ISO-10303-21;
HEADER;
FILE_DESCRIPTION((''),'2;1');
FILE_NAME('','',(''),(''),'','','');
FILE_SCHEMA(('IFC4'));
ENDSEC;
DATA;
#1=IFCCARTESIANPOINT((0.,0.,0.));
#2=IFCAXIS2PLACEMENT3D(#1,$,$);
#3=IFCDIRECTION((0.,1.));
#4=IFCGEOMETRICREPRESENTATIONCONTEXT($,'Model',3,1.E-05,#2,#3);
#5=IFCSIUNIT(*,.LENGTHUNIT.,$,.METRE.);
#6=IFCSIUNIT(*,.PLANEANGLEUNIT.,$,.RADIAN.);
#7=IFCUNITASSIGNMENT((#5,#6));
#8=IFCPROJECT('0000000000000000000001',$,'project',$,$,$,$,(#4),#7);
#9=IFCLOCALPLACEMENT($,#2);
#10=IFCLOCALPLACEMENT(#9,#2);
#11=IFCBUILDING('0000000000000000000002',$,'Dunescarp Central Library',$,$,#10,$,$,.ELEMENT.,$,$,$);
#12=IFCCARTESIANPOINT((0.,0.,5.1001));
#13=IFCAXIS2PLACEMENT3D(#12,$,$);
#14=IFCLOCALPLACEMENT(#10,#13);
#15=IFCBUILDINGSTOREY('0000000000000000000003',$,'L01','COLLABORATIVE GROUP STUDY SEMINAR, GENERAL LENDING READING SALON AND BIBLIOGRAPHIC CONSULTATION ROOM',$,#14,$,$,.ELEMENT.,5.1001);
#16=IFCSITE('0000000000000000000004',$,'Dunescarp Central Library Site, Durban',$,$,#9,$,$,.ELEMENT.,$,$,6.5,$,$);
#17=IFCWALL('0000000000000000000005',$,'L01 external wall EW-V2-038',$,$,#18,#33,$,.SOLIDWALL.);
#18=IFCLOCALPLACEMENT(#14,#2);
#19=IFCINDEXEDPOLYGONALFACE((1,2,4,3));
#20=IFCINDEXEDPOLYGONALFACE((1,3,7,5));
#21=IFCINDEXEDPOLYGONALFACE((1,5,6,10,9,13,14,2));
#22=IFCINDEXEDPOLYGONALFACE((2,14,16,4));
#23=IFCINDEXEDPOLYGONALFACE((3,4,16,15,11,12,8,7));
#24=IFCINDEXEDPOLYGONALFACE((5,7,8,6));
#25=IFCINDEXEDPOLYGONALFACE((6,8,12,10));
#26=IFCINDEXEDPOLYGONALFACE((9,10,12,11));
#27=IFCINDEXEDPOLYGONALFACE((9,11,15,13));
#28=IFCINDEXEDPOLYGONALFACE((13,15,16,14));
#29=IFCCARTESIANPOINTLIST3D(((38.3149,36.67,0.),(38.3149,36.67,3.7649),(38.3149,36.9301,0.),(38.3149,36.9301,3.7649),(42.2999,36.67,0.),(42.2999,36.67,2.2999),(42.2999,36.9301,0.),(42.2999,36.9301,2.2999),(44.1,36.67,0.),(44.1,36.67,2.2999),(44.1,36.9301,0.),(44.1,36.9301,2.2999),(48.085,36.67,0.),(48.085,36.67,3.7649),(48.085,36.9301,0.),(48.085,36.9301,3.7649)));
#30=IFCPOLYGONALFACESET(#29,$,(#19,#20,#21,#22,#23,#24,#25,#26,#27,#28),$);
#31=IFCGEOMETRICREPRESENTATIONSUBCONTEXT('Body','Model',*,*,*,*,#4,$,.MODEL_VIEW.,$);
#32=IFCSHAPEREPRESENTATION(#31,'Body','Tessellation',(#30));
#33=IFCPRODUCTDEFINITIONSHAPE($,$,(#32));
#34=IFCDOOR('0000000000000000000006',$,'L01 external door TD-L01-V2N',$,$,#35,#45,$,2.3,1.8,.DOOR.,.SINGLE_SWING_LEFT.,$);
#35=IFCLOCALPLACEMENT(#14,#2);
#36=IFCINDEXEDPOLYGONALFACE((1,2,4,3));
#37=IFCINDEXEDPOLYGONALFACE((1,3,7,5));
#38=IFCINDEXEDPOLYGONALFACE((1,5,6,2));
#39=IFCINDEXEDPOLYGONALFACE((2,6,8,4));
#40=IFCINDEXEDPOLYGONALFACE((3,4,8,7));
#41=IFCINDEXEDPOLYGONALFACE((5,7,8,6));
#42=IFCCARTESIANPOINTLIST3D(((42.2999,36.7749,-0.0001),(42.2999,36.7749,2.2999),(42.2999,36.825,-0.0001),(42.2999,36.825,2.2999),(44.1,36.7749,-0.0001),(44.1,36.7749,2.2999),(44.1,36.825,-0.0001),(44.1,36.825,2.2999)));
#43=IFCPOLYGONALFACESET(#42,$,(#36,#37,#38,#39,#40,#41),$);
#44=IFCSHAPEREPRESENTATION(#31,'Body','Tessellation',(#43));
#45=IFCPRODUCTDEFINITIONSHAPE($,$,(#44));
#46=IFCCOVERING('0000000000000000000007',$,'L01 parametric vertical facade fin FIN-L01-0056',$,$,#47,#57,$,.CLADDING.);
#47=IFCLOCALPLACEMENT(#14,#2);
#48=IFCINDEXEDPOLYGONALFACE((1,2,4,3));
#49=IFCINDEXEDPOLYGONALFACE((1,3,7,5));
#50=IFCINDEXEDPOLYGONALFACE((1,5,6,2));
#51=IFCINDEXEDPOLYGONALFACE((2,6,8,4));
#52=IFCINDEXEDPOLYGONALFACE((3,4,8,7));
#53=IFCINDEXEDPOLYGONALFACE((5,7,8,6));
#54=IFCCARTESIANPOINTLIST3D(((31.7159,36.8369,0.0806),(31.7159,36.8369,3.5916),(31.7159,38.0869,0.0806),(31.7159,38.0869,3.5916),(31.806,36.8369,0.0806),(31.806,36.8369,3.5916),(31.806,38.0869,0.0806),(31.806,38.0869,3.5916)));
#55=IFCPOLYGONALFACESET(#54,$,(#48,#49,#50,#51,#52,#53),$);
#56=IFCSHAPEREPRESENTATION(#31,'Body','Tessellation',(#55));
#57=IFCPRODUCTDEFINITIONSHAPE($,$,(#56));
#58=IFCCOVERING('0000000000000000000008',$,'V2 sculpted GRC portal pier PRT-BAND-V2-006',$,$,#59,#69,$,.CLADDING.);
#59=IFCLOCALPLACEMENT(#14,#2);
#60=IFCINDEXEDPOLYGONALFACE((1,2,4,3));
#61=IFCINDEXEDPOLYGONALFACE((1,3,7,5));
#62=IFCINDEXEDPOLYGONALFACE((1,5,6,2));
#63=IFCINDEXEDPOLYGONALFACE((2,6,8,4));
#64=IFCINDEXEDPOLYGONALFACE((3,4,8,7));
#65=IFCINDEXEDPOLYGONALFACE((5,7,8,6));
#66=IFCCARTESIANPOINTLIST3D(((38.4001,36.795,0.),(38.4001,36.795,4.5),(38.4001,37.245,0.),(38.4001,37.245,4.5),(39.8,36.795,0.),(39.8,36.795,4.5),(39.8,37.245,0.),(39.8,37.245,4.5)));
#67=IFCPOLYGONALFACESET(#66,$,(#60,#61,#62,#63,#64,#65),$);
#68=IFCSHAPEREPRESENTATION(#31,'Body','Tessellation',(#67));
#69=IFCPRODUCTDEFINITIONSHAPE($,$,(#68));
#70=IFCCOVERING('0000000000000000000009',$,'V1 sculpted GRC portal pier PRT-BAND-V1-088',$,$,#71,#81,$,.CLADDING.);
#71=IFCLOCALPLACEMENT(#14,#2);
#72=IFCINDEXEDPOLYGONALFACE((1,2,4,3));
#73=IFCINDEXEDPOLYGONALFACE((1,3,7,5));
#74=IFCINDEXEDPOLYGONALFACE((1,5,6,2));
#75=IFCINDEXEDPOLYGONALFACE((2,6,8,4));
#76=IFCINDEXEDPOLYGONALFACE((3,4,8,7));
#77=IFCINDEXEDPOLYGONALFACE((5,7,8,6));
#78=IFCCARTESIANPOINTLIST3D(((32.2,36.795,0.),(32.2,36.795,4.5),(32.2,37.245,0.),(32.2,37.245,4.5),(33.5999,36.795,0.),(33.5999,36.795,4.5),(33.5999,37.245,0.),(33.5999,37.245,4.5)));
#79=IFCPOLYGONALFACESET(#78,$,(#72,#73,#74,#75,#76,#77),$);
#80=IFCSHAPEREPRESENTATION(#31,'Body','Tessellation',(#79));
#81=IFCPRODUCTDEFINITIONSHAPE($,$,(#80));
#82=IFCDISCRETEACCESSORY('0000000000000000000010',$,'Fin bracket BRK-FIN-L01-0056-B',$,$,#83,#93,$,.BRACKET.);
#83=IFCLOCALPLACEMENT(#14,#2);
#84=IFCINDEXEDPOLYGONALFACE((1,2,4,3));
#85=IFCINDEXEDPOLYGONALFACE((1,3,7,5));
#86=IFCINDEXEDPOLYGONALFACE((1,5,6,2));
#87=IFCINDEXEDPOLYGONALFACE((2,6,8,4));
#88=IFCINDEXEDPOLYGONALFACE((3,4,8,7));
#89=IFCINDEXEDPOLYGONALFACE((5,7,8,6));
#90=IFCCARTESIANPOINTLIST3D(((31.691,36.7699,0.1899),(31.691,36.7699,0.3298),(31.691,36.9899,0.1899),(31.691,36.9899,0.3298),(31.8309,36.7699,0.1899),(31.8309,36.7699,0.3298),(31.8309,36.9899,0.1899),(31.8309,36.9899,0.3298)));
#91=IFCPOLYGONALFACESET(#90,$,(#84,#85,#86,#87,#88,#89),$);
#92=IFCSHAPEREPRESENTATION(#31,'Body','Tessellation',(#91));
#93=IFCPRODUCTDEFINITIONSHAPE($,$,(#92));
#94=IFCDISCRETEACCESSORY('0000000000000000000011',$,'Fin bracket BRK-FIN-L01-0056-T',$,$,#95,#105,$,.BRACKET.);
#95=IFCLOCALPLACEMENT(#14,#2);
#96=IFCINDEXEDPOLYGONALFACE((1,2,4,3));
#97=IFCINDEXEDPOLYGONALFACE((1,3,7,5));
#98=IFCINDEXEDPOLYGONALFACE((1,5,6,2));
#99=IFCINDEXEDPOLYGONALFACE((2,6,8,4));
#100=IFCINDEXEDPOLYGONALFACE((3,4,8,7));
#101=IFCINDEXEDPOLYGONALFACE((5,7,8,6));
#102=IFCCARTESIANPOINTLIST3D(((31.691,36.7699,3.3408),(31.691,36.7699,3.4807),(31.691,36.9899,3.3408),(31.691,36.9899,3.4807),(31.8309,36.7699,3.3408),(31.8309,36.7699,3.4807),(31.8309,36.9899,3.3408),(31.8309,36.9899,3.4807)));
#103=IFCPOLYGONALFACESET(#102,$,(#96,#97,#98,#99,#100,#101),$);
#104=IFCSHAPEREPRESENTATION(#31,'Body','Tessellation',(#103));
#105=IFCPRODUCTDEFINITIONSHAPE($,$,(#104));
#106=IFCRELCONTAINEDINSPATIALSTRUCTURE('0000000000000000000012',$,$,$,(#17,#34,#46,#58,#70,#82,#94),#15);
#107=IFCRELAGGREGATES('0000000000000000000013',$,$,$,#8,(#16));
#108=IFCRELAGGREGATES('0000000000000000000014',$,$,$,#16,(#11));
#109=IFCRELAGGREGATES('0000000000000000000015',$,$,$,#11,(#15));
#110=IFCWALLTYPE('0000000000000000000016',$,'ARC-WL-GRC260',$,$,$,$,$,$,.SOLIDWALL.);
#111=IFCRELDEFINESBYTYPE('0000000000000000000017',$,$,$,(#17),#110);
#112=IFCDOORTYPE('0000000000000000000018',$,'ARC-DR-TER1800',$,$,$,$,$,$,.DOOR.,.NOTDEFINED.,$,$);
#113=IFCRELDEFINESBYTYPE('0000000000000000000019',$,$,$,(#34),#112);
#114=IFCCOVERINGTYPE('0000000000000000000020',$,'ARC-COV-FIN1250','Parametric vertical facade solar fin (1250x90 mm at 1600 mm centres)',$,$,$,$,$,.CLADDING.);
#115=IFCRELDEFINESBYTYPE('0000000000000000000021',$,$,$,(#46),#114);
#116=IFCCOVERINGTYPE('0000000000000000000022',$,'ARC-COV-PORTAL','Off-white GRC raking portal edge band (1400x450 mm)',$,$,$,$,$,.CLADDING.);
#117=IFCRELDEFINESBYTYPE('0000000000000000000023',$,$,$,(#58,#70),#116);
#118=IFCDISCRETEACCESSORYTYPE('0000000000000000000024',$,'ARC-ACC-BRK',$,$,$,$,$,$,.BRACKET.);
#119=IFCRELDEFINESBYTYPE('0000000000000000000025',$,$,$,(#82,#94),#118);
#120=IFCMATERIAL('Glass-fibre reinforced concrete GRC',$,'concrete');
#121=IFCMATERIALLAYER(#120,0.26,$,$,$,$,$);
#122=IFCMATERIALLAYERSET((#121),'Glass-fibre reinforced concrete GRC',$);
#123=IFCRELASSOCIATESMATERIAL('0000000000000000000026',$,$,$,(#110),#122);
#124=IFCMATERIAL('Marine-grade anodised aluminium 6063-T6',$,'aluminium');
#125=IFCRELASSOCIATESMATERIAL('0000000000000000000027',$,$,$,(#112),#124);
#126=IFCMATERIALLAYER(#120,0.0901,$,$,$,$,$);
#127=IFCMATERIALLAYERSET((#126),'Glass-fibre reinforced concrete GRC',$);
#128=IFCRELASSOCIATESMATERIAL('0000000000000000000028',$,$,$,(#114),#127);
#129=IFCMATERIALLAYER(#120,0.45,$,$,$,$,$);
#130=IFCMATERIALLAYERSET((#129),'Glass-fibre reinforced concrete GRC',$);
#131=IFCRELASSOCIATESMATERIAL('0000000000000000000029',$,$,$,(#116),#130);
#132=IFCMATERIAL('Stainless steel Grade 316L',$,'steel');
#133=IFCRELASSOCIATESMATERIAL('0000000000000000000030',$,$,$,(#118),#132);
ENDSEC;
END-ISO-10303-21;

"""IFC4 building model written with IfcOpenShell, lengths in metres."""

from ifc_helpers import new_model, si_unit, direction, frame, frame_2d, origin, origin_2d, place, context, subcontext, project, spatial, rectangle, extrude, material, layer, layer_set, type_object, element, fill, save


model = new_model("IFC4")

# Units and contexts
model_context = context("Model", 3, precision=1e-05, world=origin(), true_north=direction((0.0, 1.0)))
body_context = subcontext(model_context, "Body", "Model", "MODEL_VIEW")
ifc_project = project(units=[si_unit("LENGTHUNIT", "METRE"), si_unit("PLANEANGLEUNIT", "RADIAN")], contexts=[model_context])

# Site, building, storey
site_placement = place(None, origin())
site = spatial("IfcSite", under=ifc_project, at=site_placement, Name="Dunescarp Central Library Site, Durban", CompositionType="ELEMENT", RefElevation=6.5)
building_placement = place(site_placement, origin())
building = spatial("IfcBuilding", under=site, at=building_placement, Name="Dunescarp Central Library", CompositionType="ELEMENT")
storey_placement = place(building_placement, frame((0.0, 0.0, 5.1001)))
storey = spatial("IfcBuildingStorey", under=building, at=storey_placement, Name="L01", Description="COLLABORATIVE GROUP STUDY SEMINAR, GENERAL LENDING READING SALON AND BIBLIOGRAPHIC CONSULTATION ROOM", CompositionType="ELEMENT", Elevation=5.1001)

# Shared definitions
ifc_material_1 = material(Name="Marine-grade anodised aluminium 6063-T6", Category="aluminium")

# Wall, opening, door
ifc_material_2 = material(Name="Glass-fibre reinforced concrete GRC", Category="concrete")
ifc_layer_1 = layer(ifc_material_2, 0.26)
ifc_layer_set_1 = layer_set([ifc_layer_1], Name="Glass-fibre reinforced concrete GRC")
wall_type = type_object("IfcWallType", Name="ARC-WL-GRC260", PredefinedType="SOLIDWALL", material=ifc_layer_set_1)
wall_placement = place(storey_placement, frame((38.3149, 36.8, 0.0), z_axis=(0.0, 0.0, 1.0), x_axis=(1.0, 0.0, 0.0)))
wall = element("IfcWall", 1, at=wall_placement, inside=storey, type_object=wall_type, Name="L01 external wall EW-V2-038", PredefinedType="SOLIDWALL", context=body_context, shape_type="SweptSolid", body=[
    extrude(rectangle(XDim=9.77, YDim=0.26, at=frame_2d((4.885, 0.0))), origin(), (0.0, 0.0, 1.0), 3.7649),
])
opening_placement = place(wall_placement, frame((3.9851, 0.0, 0.0)))
opening = element("IfcOpeningElement", 2, at=opening_placement, cuts=wall, PredefinedType="OPENING", context=body_context, shape_type="SweptSolid", body=[
    extrude(rectangle(XDim=1.8, YDim=2.3, at=frame_2d((0.8999, 1.1499))), frame((0.0, 0.1401, 0.0), z_axis=(0.0, -1.0, 0.0), x_axis=(1.0, 0.0, 0.0)), (0.0, 0.0, 1.0), 0.28),
])
door_type = type_object("IfcDoorType", Name="ARC-DR-TER1800", OperationType="NOTDEFINED", PredefinedType="DOOR", material=ifc_material_1)
door_placement = place(opening_placement, origin())
door = element("IfcDoor", 3, at=door_placement, inside=storey, type_object=door_type, Name="L01 external door TD-L01-V2N", OperationType="SINGLE_SWING_LEFT", OverallHeight=2.3, OverallWidth=1.8, PredefinedType="DOOR", context=body_context, shape_type="SweptSolid", body=[
    extrude(rectangle(XDim=1.8, YDim=2.3, at=frame_2d((0.8999, 1.1499))), frame((0.0, 0.0249, 0.0), z_axis=(0.0, -1.0, 0.0), x_axis=(1.0, 0.0, 0.0)), (0.0, 0.0, 1.0), 0.05),
])
fill(opening, door)

# Coverings
ifc_layer_2 = layer(ifc_material_2, 0.0901)
ifc_layer_set_2 = layer_set([ifc_layer_2], Name="Glass-fibre reinforced concrete GRC")
covering_type_1 = type_object("IfcCoveringType", Name="ARC-COV-FIN1250", Description="Parametric vertical facade solar fin (1250x90 mm at 1600 mm centres)", PredefinedType="CLADDING", material=ifc_layer_set_2)
covering_placement = place(storey_placement, frame((31.761, 37.4619, 0.0806), z_axis=(0.0, 0.0, 1.0), x_axis=(0.0, 1.0, 0.0)))
element("IfcCovering", 4, at=covering_placement, inside=storey, type_object=covering_type_1, Name="L01 parametric vertical facade fin FIN-L01-0056", PredefinedType="CLADDING", context=body_context, shape_type="SweptSolid", body=[
    extrude(rectangle(XDim=1.25, YDim=0.0901, at=origin_2d()), origin(), (0.0, 0.0, 1.0), 3.511),
])
ifc_layer_3 = layer(ifc_material_2, 0.45)
ifc_layer_set_3 = layer_set([ifc_layer_3], Name="Glass-fibre reinforced concrete GRC")
covering_type_2 = type_object("IfcCoveringType", Name="ARC-COV-PORTAL", Description="Off-white GRC raking portal edge band (1400x450 mm)", PredefinedType="CLADDING", material=ifc_layer_set_3)
for number, where, z_axis, x_axis, name in (
    (5, (39.1001, 37.02, 0.0), (0.0, 0.0, 1.0), (1.0, 0.0, 0.0), "V2 sculpted GRC portal pier PRT-BAND-V2-006"),
    (6, (32.8999, 37.02, 0.0), (0.0, 0.0, 1.0), (1.0, 0.0, 0.0), "V1 sculpted GRC portal pier PRT-BAND-V1-088"),
):
    element("IfcCovering", number, at=place(storey_placement, frame(where, z_axis=z_axis, x_axis=x_axis)), inside=storey, type_object=covering_type_2, Name=name, PredefinedType="CLADDING", context=body_context, shape_type="SweptSolid", body=[
        extrude(rectangle(XDim=1.3999, YDim=0.45, at=origin_2d()), origin(), (0.0, 0.0, 1.0), 4.5),
    ])

# Shared definitions
ifc_material_3 = material(Name="Stainless steel Grade 316L", Category="steel")

# Discrete accessories
discrete_accessory_type = type_object("IfcDiscreteAccessoryType", Name="ARC-ACC-BRK", PredefinedType="BRACKET", material=ifc_material_3)
for number, where, z_axis, x_axis, name in (
    (7, (31.761, 36.8799, 0.1899), (0.0, 0.0, 1.0), (0.0, 1.0, 0.0), "Fin bracket BRK-FIN-L01-0056-B"),
    (8, (31.761, 36.8799, 3.3408), (0.0, 0.0, 1.0), (0.0, 1.0, 0.0), "Fin bracket BRK-FIN-L01-0056-T"),
):
    element("IfcDiscreteAccessory", number, at=place(storey_placement, frame(where, z_axis=z_axis, x_axis=x_axis)), inside=storey, type_object=discrete_accessory_type, Name=name, PredefinedType="BRACKET", context=body_context, shape_type="SweptSolid", body=[
        extrude(rectangle(XDim=0.22, YDim=0.1399, at=origin_2d()), origin(), (0.0, 0.0, 1.0), 0.1399),
    ])

save(model, "model.ifc")
